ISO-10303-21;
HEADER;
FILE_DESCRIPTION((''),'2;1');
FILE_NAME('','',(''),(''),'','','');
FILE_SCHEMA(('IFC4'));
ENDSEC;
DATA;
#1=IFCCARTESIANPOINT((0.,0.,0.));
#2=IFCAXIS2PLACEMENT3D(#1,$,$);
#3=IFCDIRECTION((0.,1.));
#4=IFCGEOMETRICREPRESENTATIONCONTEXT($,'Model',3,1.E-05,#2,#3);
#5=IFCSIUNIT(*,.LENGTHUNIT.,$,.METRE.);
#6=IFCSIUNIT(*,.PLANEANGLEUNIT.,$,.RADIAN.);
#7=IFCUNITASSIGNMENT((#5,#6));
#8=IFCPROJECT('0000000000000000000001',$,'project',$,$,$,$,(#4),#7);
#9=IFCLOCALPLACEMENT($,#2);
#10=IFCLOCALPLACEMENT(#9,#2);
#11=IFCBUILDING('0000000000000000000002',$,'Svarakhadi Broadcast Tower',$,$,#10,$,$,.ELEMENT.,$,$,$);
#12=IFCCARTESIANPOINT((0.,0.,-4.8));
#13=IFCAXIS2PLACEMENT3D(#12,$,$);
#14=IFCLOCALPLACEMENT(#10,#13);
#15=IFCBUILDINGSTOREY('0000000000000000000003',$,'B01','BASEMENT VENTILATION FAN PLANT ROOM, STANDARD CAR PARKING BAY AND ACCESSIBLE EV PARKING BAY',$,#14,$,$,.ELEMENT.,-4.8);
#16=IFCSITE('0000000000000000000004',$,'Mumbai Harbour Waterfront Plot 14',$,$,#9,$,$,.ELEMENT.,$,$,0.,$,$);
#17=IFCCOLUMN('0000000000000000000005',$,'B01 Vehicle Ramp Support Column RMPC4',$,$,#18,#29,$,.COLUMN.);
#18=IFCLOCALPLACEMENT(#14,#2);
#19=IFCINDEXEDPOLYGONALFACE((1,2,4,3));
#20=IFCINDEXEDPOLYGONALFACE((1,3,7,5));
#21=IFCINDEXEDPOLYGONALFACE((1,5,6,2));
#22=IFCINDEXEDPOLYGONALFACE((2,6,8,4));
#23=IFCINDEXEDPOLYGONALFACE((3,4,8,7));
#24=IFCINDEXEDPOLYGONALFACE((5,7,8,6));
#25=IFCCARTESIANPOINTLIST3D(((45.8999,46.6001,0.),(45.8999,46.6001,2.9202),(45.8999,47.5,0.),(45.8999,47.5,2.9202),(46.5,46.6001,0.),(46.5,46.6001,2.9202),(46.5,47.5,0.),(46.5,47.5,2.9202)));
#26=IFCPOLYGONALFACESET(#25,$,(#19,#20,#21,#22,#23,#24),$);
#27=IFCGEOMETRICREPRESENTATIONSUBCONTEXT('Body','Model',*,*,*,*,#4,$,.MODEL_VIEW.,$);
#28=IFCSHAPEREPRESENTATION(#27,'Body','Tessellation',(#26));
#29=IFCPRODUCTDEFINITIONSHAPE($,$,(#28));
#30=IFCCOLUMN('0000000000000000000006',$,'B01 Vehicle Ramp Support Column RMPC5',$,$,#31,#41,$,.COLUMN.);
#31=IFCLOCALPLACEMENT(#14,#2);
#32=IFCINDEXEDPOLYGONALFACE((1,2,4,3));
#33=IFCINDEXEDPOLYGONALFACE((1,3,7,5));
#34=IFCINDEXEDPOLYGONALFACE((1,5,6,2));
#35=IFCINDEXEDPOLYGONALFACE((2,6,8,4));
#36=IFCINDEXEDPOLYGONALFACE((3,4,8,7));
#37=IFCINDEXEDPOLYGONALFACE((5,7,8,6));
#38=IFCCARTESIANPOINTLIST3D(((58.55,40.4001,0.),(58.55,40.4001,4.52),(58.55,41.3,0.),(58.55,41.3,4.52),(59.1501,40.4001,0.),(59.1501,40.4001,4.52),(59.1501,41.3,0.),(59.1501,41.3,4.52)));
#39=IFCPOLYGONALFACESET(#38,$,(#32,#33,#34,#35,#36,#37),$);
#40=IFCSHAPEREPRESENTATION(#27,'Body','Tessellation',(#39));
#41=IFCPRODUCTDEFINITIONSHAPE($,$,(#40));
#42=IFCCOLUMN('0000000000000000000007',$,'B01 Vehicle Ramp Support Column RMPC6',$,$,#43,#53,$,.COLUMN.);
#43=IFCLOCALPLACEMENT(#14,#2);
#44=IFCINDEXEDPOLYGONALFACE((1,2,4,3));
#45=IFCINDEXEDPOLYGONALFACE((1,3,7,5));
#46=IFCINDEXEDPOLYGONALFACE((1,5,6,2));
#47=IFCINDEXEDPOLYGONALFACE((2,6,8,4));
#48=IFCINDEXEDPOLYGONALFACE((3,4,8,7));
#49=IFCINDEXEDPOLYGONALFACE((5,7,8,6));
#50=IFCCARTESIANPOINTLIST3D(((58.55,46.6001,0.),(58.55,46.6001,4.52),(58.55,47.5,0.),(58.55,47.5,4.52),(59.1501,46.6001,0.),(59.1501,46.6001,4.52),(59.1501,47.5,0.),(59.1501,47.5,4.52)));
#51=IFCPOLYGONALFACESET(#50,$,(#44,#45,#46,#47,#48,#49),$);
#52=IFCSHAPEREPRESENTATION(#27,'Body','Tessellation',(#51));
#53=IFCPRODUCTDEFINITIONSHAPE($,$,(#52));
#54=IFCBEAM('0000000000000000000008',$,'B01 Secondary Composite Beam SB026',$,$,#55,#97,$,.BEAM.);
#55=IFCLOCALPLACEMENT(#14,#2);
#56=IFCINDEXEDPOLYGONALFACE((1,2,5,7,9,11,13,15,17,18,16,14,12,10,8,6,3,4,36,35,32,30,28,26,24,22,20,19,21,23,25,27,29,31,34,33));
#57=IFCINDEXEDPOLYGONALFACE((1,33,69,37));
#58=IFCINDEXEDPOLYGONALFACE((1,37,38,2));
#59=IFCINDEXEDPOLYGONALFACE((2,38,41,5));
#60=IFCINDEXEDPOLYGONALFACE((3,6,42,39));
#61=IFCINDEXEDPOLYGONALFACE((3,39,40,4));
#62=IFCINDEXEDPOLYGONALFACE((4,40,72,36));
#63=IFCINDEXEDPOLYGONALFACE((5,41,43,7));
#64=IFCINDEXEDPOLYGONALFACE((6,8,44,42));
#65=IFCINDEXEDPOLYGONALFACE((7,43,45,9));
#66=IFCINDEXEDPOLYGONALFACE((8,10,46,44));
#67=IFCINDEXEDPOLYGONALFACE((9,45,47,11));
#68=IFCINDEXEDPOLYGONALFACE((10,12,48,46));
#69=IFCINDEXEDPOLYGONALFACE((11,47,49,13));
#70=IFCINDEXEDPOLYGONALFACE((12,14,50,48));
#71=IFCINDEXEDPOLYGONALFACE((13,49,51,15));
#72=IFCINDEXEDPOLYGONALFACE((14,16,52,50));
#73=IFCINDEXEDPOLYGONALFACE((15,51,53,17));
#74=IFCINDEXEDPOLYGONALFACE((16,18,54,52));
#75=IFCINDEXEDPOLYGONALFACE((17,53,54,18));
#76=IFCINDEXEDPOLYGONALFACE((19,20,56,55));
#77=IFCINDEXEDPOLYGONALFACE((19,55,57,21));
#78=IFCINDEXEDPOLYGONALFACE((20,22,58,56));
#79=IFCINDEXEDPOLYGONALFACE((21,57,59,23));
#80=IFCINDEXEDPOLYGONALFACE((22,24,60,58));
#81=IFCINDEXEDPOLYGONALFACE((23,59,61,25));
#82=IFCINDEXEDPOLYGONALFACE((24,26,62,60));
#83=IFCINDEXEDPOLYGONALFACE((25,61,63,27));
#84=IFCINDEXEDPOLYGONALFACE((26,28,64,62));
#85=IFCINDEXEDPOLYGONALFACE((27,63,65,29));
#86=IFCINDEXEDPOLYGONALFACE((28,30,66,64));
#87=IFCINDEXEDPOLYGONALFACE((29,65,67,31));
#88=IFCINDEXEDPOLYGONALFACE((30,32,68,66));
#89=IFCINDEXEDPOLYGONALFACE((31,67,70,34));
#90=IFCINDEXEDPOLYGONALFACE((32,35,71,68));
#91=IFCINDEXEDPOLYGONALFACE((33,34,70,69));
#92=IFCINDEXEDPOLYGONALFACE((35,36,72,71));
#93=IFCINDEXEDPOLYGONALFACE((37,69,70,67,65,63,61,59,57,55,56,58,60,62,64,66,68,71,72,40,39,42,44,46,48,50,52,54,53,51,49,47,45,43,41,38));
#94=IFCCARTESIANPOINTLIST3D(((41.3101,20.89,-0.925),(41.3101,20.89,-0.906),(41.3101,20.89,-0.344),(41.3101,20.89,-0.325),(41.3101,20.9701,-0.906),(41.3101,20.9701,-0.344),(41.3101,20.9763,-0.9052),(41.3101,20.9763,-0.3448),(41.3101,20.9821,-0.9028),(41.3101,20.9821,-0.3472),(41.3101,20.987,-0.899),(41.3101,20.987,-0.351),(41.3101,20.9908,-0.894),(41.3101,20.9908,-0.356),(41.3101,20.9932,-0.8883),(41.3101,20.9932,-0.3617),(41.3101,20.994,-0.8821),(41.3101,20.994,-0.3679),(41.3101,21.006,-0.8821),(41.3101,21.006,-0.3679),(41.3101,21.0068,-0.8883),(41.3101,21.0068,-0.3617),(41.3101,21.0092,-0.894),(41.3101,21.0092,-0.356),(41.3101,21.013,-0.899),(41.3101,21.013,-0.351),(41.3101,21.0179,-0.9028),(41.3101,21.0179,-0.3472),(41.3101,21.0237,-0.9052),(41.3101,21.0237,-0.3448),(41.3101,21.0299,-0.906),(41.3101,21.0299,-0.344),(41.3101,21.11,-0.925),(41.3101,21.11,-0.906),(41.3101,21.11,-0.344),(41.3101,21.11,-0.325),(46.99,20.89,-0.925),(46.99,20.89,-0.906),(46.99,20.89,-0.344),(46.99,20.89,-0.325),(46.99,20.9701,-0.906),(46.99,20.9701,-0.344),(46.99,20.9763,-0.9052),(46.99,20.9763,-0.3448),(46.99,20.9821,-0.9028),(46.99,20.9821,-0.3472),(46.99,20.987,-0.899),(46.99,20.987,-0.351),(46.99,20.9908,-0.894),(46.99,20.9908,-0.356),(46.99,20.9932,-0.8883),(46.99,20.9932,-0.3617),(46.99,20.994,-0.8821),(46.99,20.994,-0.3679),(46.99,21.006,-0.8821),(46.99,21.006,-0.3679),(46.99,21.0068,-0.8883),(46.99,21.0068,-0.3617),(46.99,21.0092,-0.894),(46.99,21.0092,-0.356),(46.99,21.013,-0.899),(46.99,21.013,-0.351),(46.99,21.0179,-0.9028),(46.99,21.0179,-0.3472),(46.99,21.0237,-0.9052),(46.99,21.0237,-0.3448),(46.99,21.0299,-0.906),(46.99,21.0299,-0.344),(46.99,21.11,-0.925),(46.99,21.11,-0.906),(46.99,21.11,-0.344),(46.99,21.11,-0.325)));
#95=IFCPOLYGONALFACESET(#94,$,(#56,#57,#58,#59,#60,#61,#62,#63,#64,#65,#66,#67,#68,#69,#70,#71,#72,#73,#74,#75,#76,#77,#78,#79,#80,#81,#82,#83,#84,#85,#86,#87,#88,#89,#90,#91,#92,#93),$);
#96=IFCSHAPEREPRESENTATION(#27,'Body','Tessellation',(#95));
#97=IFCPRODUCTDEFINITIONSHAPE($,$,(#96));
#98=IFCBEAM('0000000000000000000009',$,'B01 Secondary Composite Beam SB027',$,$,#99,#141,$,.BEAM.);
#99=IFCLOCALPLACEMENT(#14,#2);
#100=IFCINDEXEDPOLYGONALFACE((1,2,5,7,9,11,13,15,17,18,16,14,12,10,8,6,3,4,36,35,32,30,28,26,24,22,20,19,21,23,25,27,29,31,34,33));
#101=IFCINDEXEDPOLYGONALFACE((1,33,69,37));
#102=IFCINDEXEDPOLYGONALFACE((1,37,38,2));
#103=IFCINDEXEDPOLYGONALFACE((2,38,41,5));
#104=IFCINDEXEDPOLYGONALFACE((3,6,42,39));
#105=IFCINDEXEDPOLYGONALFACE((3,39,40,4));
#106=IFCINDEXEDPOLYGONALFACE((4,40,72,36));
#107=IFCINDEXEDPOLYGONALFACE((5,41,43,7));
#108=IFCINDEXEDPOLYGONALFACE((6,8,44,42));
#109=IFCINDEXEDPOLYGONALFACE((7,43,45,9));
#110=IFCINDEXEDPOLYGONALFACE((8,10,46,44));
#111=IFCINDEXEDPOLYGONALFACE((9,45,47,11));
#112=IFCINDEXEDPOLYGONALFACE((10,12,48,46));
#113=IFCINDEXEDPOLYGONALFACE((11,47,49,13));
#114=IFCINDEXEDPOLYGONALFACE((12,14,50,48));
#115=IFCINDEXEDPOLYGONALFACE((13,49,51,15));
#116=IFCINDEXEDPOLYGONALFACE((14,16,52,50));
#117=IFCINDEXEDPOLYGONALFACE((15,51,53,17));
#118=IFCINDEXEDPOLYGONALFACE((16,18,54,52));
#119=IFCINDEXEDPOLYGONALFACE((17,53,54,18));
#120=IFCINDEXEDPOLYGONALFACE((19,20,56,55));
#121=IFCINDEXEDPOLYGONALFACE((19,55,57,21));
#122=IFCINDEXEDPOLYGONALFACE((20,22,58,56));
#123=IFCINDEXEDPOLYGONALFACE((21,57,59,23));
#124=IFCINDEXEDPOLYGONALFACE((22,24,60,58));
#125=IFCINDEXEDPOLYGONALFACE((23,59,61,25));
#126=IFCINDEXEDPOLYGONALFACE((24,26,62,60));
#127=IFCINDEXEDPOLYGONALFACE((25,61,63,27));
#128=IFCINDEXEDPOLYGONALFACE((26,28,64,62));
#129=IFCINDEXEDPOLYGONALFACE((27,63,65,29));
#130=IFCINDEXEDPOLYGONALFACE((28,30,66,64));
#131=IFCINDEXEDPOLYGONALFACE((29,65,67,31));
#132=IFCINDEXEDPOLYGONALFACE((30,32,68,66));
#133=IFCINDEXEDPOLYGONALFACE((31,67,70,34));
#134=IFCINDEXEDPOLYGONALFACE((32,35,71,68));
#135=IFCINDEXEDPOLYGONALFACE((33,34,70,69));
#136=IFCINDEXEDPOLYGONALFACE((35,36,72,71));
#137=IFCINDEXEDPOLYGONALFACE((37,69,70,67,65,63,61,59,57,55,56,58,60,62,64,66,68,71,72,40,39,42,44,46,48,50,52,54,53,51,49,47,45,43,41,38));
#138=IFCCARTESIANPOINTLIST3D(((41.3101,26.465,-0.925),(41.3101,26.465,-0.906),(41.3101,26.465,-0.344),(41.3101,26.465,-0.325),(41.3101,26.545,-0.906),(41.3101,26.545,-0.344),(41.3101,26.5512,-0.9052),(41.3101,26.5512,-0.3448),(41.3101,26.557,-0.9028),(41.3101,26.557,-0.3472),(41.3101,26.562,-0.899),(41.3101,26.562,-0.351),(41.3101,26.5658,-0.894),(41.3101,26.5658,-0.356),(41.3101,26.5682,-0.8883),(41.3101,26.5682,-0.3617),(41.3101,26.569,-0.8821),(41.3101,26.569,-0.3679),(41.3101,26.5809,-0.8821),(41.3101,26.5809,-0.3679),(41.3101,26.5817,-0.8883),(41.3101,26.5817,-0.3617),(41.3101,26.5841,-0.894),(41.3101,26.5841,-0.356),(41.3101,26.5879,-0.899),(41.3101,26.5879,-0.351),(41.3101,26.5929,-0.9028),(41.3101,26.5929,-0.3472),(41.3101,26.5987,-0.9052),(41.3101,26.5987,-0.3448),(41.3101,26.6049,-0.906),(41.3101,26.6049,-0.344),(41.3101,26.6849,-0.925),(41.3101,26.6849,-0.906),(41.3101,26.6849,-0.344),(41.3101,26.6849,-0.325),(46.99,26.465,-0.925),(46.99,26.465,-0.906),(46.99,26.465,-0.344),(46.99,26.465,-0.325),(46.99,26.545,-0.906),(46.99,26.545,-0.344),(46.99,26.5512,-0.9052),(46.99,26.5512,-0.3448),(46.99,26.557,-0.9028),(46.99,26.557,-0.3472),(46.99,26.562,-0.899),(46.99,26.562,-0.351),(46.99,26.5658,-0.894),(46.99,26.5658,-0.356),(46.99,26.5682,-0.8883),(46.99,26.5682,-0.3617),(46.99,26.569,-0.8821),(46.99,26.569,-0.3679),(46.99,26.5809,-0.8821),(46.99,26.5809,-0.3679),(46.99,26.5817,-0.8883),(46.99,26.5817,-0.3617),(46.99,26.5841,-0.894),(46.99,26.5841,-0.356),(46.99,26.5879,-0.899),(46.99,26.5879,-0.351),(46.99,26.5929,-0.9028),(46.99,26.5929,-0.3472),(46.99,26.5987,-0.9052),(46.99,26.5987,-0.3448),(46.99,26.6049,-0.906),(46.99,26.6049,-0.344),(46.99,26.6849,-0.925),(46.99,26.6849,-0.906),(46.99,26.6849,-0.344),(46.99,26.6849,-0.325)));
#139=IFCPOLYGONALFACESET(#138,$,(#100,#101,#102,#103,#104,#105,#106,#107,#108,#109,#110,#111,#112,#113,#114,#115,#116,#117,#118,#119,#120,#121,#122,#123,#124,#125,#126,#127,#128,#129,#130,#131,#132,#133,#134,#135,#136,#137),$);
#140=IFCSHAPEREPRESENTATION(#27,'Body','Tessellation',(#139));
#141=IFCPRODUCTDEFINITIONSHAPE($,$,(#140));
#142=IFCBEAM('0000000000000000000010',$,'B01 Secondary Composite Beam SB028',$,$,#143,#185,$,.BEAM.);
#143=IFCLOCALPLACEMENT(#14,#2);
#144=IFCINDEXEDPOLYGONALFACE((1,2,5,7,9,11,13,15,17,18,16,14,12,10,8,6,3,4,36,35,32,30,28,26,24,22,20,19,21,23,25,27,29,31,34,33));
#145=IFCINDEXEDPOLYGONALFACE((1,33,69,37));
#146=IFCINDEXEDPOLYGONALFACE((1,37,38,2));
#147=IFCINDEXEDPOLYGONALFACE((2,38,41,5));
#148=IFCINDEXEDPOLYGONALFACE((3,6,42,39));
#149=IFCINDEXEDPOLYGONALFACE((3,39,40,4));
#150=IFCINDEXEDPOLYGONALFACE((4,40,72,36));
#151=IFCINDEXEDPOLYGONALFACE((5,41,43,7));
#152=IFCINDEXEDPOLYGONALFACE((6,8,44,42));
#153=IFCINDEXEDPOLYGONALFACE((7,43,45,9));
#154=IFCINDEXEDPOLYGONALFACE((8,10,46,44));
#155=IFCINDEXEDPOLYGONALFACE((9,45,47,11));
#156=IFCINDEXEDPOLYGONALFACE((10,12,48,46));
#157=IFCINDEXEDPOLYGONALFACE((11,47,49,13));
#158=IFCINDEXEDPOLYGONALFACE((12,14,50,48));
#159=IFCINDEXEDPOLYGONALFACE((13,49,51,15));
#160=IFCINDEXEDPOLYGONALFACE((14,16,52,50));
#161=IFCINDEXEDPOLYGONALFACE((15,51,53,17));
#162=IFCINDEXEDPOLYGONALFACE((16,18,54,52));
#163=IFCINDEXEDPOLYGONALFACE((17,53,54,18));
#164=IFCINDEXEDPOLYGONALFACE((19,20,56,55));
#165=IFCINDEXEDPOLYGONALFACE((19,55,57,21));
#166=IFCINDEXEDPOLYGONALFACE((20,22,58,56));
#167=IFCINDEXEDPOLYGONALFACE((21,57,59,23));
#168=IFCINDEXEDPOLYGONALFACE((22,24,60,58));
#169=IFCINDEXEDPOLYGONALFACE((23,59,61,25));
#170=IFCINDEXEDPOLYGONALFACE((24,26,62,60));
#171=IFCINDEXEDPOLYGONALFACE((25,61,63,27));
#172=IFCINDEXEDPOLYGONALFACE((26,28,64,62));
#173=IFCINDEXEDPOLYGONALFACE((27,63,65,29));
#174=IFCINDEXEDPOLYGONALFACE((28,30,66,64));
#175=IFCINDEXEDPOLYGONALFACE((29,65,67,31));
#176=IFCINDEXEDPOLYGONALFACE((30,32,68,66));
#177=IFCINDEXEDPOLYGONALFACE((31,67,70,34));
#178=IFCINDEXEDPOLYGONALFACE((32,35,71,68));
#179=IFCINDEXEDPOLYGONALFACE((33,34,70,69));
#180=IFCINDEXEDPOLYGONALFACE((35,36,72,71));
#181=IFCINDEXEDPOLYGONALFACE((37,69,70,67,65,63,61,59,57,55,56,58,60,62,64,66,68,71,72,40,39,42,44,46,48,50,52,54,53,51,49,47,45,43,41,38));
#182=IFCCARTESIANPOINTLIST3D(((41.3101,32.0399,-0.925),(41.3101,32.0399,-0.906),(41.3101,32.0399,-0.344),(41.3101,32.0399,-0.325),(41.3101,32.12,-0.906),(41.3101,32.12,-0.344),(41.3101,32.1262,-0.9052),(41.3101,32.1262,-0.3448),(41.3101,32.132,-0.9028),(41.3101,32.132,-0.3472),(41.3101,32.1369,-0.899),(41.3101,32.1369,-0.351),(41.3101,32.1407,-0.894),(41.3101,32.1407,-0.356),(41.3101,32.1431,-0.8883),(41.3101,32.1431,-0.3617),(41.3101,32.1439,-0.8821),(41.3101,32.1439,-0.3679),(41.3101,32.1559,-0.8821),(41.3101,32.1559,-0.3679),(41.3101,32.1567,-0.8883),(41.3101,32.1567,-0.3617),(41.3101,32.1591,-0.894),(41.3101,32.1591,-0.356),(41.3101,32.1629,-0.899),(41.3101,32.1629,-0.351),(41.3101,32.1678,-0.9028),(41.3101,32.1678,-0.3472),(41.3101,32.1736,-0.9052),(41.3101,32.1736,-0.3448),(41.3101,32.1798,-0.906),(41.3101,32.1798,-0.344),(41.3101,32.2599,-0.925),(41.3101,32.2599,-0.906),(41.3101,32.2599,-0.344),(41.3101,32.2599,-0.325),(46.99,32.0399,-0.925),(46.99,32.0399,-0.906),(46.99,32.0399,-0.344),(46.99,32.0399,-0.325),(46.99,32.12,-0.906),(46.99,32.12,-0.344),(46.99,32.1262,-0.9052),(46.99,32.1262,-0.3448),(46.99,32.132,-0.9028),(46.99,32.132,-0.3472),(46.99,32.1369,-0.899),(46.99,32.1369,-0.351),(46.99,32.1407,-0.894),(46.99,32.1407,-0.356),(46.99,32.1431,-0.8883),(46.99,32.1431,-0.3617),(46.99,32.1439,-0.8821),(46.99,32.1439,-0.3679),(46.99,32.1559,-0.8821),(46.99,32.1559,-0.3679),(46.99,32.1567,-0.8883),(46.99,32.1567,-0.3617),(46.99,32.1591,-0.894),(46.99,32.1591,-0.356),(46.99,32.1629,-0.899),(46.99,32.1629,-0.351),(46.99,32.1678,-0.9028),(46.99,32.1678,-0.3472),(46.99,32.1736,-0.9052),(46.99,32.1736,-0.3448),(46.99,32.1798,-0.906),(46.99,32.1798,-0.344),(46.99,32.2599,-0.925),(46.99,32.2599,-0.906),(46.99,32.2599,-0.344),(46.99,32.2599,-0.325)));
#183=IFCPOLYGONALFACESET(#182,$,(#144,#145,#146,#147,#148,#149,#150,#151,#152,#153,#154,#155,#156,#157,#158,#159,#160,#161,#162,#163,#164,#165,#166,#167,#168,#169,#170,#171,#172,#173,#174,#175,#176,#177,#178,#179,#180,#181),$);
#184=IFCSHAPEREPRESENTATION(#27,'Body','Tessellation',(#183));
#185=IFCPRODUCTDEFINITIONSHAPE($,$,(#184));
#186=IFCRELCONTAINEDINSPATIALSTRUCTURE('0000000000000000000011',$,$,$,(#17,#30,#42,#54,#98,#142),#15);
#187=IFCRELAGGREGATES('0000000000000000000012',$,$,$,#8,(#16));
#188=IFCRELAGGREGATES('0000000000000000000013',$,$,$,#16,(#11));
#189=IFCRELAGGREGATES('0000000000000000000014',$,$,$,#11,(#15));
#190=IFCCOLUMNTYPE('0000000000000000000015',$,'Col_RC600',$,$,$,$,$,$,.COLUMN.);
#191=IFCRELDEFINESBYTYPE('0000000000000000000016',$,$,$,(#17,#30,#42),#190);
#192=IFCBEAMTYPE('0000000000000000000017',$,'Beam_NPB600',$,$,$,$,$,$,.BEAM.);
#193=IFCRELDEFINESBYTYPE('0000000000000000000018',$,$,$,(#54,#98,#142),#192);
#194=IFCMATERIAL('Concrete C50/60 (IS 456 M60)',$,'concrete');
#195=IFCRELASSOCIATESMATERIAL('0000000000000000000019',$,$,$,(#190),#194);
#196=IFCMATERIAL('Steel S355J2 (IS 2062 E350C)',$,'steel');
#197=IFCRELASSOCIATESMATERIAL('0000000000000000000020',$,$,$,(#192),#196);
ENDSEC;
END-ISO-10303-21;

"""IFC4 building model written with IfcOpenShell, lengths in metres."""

from ifc_helpers import new_model, si_unit, direction, frame, origin, origin_2d, place, context, subcontext, project, spatial, rectangle, i_section, extrude, material, material_profile, profile_set, type_object, element, save


model = new_model("IFC4")

# Units and contexts
model_context = context("Model", 3, precision=1e-05, world=origin(), true_north=direction((0.0, 1.0)))
body_context = subcontext(model_context, "Body", "Model", "MODEL_VIEW")
ifc_project = project(units=[si_unit("LENGTHUNIT", "METRE"), si_unit("PLANEANGLEUNIT", "RADIAN")], contexts=[model_context])

# Site, building, storey
site_placement = place(None, origin())
site = spatial("IfcSite", under=ifc_project, at=site_placement, Name="Mumbai Harbour Waterfront Plot 14", CompositionType="ELEMENT", RefElevation=0.0)
building_placement = place(site_placement, origin())
building = spatial("IfcBuilding", under=site, at=building_placement, Name="Svarakhadi Broadcast Tower", CompositionType="ELEMENT")
storey_placement = place(building_placement, frame((0.0, 0.0, -4.8)))
storey = spatial("IfcBuildingStorey", under=building, at=storey_placement, Name="B01", Description="BASEMENT VENTILATION FAN PLANT ROOM, STANDARD CAR PARKING BAY AND ACCESSIBLE EV PARKING BAY", CompositionType="ELEMENT", Elevation=-4.8)

# Columns
ifc_material_1 = material(Name="Concrete C50/60 (IS 456 M60)", Category="concrete")
ifc_material_profile_1 = material_profile(ifc_material_1, rectangle(XDim=0.6001, YDim=0.8999, at=origin_2d()), Name="RC 600x900")
ifc_profile_set_1 = profile_set([ifc_material_profile_1], Name="Concrete C50/60 (IS 456 M60)")
column_type_1 = type_object("IfcColumnType", Name="Col_RC600", PredefinedType="COLUMN", material=ifc_profile_set_1)
for number, where, z_axis, x_axis, name in (
    (1, (46.2, 47.05, 0.0), (0.0, 0.0, 1.0), (1.0, 0.0, 0.0), "B01 Vehicle Ramp Support Column RMPC4"),
):
    element("IfcColumn", number, at=place(storey_placement, frame(where, z_axis=z_axis, x_axis=x_axis)), inside=storey, type_object=column_type_1, Name=name, PredefinedType="COLUMN", context=body_context, shape_type="SweptSolid", body=[
        extrude(rectangle(XDim=0.6001, YDim=0.8999, at=origin_2d()), origin(), (0.0, 0.0, 1.0), 2.9202),
    ])
for number, where, z_axis, x_axis, name in (
    (2, (58.8501, 40.8501, 0.0), (0.0, 0.0, 1.0), (1.0, 0.0, 0.0), "B01 Vehicle Ramp Support Column RMPC5"),
    (3, (58.8501, 47.05, 0.0), (0.0, 0.0, 1.0), (1.0, 0.0, 0.0), "B01 Vehicle Ramp Support Column RMPC6"),
):
    element("IfcColumn", number, at=place(storey_placement, frame(where, z_axis=z_axis, x_axis=x_axis)), inside=storey, type_object=column_type_1, Name=name, PredefinedType="COLUMN", context=body_context, shape_type="SweptSolid", body=[
        extrude(rectangle(XDim=0.6001, YDim=0.8999, at=origin_2d()), origin(), (0.0, 0.0, 1.0), 4.52),
    ])

# Beams
ifc_material_2 = material(Name="Steel S355J2 (IS 2062 E350C)", Category="steel")
ifc_material_profile_2 = material_profile(ifc_material_2, i_section(OverallWidth=0.22, OverallDepth=0.6001, WebThickness=0.012, FlangeThickness=0.019, FilletRadius=0.0239, at=origin_2d()), Name="NPB 600x220x122")
ifc_profile_set_2 = profile_set([ifc_material_profile_2], Name="Steel S355J2 (IS 2062 E350C)")
beam_type_1 = type_object("IfcBeamType", Name="Beam_NPB600", PredefinedType="BEAM", material=ifc_profile_set_2)
for number, where, z_axis, x_axis, name in (
    (4, (41.3101, 21.0, -0.625), (1.0, 0.0, 0.0), (0.0, 1.0, 0.0), "B01 Secondary Composite Beam SB026"),
    (5, (41.3101, 26.575, -0.625), (1.0, 0.0, 0.0), (0.0, 1.0, 0.0), "B01 Secondary Composite Beam SB027"),
    (6, (41.3101, 32.1499, -0.625), (1.0, 0.0, 0.0), (0.0, 1.0, 0.0), "B01 Secondary Composite Beam SB028"),
):
    element("IfcBeam", number, at=place(storey_placement, frame(where, z_axis=z_axis, x_axis=x_axis)), inside=storey, type_object=beam_type_1, Name=name, PredefinedType="BEAM", context=body_context, shape_type="SweptSolid", body=[
        extrude(i_section(OverallWidth=0.22, OverallDepth=0.6001, WebThickness=0.012, FlangeThickness=0.019, FilletRadius=0.0239, at=origin_2d()), origin(), (0.0, 0.0, 1.0), 5.6799),
    ])

save(model, "model.ifc")
